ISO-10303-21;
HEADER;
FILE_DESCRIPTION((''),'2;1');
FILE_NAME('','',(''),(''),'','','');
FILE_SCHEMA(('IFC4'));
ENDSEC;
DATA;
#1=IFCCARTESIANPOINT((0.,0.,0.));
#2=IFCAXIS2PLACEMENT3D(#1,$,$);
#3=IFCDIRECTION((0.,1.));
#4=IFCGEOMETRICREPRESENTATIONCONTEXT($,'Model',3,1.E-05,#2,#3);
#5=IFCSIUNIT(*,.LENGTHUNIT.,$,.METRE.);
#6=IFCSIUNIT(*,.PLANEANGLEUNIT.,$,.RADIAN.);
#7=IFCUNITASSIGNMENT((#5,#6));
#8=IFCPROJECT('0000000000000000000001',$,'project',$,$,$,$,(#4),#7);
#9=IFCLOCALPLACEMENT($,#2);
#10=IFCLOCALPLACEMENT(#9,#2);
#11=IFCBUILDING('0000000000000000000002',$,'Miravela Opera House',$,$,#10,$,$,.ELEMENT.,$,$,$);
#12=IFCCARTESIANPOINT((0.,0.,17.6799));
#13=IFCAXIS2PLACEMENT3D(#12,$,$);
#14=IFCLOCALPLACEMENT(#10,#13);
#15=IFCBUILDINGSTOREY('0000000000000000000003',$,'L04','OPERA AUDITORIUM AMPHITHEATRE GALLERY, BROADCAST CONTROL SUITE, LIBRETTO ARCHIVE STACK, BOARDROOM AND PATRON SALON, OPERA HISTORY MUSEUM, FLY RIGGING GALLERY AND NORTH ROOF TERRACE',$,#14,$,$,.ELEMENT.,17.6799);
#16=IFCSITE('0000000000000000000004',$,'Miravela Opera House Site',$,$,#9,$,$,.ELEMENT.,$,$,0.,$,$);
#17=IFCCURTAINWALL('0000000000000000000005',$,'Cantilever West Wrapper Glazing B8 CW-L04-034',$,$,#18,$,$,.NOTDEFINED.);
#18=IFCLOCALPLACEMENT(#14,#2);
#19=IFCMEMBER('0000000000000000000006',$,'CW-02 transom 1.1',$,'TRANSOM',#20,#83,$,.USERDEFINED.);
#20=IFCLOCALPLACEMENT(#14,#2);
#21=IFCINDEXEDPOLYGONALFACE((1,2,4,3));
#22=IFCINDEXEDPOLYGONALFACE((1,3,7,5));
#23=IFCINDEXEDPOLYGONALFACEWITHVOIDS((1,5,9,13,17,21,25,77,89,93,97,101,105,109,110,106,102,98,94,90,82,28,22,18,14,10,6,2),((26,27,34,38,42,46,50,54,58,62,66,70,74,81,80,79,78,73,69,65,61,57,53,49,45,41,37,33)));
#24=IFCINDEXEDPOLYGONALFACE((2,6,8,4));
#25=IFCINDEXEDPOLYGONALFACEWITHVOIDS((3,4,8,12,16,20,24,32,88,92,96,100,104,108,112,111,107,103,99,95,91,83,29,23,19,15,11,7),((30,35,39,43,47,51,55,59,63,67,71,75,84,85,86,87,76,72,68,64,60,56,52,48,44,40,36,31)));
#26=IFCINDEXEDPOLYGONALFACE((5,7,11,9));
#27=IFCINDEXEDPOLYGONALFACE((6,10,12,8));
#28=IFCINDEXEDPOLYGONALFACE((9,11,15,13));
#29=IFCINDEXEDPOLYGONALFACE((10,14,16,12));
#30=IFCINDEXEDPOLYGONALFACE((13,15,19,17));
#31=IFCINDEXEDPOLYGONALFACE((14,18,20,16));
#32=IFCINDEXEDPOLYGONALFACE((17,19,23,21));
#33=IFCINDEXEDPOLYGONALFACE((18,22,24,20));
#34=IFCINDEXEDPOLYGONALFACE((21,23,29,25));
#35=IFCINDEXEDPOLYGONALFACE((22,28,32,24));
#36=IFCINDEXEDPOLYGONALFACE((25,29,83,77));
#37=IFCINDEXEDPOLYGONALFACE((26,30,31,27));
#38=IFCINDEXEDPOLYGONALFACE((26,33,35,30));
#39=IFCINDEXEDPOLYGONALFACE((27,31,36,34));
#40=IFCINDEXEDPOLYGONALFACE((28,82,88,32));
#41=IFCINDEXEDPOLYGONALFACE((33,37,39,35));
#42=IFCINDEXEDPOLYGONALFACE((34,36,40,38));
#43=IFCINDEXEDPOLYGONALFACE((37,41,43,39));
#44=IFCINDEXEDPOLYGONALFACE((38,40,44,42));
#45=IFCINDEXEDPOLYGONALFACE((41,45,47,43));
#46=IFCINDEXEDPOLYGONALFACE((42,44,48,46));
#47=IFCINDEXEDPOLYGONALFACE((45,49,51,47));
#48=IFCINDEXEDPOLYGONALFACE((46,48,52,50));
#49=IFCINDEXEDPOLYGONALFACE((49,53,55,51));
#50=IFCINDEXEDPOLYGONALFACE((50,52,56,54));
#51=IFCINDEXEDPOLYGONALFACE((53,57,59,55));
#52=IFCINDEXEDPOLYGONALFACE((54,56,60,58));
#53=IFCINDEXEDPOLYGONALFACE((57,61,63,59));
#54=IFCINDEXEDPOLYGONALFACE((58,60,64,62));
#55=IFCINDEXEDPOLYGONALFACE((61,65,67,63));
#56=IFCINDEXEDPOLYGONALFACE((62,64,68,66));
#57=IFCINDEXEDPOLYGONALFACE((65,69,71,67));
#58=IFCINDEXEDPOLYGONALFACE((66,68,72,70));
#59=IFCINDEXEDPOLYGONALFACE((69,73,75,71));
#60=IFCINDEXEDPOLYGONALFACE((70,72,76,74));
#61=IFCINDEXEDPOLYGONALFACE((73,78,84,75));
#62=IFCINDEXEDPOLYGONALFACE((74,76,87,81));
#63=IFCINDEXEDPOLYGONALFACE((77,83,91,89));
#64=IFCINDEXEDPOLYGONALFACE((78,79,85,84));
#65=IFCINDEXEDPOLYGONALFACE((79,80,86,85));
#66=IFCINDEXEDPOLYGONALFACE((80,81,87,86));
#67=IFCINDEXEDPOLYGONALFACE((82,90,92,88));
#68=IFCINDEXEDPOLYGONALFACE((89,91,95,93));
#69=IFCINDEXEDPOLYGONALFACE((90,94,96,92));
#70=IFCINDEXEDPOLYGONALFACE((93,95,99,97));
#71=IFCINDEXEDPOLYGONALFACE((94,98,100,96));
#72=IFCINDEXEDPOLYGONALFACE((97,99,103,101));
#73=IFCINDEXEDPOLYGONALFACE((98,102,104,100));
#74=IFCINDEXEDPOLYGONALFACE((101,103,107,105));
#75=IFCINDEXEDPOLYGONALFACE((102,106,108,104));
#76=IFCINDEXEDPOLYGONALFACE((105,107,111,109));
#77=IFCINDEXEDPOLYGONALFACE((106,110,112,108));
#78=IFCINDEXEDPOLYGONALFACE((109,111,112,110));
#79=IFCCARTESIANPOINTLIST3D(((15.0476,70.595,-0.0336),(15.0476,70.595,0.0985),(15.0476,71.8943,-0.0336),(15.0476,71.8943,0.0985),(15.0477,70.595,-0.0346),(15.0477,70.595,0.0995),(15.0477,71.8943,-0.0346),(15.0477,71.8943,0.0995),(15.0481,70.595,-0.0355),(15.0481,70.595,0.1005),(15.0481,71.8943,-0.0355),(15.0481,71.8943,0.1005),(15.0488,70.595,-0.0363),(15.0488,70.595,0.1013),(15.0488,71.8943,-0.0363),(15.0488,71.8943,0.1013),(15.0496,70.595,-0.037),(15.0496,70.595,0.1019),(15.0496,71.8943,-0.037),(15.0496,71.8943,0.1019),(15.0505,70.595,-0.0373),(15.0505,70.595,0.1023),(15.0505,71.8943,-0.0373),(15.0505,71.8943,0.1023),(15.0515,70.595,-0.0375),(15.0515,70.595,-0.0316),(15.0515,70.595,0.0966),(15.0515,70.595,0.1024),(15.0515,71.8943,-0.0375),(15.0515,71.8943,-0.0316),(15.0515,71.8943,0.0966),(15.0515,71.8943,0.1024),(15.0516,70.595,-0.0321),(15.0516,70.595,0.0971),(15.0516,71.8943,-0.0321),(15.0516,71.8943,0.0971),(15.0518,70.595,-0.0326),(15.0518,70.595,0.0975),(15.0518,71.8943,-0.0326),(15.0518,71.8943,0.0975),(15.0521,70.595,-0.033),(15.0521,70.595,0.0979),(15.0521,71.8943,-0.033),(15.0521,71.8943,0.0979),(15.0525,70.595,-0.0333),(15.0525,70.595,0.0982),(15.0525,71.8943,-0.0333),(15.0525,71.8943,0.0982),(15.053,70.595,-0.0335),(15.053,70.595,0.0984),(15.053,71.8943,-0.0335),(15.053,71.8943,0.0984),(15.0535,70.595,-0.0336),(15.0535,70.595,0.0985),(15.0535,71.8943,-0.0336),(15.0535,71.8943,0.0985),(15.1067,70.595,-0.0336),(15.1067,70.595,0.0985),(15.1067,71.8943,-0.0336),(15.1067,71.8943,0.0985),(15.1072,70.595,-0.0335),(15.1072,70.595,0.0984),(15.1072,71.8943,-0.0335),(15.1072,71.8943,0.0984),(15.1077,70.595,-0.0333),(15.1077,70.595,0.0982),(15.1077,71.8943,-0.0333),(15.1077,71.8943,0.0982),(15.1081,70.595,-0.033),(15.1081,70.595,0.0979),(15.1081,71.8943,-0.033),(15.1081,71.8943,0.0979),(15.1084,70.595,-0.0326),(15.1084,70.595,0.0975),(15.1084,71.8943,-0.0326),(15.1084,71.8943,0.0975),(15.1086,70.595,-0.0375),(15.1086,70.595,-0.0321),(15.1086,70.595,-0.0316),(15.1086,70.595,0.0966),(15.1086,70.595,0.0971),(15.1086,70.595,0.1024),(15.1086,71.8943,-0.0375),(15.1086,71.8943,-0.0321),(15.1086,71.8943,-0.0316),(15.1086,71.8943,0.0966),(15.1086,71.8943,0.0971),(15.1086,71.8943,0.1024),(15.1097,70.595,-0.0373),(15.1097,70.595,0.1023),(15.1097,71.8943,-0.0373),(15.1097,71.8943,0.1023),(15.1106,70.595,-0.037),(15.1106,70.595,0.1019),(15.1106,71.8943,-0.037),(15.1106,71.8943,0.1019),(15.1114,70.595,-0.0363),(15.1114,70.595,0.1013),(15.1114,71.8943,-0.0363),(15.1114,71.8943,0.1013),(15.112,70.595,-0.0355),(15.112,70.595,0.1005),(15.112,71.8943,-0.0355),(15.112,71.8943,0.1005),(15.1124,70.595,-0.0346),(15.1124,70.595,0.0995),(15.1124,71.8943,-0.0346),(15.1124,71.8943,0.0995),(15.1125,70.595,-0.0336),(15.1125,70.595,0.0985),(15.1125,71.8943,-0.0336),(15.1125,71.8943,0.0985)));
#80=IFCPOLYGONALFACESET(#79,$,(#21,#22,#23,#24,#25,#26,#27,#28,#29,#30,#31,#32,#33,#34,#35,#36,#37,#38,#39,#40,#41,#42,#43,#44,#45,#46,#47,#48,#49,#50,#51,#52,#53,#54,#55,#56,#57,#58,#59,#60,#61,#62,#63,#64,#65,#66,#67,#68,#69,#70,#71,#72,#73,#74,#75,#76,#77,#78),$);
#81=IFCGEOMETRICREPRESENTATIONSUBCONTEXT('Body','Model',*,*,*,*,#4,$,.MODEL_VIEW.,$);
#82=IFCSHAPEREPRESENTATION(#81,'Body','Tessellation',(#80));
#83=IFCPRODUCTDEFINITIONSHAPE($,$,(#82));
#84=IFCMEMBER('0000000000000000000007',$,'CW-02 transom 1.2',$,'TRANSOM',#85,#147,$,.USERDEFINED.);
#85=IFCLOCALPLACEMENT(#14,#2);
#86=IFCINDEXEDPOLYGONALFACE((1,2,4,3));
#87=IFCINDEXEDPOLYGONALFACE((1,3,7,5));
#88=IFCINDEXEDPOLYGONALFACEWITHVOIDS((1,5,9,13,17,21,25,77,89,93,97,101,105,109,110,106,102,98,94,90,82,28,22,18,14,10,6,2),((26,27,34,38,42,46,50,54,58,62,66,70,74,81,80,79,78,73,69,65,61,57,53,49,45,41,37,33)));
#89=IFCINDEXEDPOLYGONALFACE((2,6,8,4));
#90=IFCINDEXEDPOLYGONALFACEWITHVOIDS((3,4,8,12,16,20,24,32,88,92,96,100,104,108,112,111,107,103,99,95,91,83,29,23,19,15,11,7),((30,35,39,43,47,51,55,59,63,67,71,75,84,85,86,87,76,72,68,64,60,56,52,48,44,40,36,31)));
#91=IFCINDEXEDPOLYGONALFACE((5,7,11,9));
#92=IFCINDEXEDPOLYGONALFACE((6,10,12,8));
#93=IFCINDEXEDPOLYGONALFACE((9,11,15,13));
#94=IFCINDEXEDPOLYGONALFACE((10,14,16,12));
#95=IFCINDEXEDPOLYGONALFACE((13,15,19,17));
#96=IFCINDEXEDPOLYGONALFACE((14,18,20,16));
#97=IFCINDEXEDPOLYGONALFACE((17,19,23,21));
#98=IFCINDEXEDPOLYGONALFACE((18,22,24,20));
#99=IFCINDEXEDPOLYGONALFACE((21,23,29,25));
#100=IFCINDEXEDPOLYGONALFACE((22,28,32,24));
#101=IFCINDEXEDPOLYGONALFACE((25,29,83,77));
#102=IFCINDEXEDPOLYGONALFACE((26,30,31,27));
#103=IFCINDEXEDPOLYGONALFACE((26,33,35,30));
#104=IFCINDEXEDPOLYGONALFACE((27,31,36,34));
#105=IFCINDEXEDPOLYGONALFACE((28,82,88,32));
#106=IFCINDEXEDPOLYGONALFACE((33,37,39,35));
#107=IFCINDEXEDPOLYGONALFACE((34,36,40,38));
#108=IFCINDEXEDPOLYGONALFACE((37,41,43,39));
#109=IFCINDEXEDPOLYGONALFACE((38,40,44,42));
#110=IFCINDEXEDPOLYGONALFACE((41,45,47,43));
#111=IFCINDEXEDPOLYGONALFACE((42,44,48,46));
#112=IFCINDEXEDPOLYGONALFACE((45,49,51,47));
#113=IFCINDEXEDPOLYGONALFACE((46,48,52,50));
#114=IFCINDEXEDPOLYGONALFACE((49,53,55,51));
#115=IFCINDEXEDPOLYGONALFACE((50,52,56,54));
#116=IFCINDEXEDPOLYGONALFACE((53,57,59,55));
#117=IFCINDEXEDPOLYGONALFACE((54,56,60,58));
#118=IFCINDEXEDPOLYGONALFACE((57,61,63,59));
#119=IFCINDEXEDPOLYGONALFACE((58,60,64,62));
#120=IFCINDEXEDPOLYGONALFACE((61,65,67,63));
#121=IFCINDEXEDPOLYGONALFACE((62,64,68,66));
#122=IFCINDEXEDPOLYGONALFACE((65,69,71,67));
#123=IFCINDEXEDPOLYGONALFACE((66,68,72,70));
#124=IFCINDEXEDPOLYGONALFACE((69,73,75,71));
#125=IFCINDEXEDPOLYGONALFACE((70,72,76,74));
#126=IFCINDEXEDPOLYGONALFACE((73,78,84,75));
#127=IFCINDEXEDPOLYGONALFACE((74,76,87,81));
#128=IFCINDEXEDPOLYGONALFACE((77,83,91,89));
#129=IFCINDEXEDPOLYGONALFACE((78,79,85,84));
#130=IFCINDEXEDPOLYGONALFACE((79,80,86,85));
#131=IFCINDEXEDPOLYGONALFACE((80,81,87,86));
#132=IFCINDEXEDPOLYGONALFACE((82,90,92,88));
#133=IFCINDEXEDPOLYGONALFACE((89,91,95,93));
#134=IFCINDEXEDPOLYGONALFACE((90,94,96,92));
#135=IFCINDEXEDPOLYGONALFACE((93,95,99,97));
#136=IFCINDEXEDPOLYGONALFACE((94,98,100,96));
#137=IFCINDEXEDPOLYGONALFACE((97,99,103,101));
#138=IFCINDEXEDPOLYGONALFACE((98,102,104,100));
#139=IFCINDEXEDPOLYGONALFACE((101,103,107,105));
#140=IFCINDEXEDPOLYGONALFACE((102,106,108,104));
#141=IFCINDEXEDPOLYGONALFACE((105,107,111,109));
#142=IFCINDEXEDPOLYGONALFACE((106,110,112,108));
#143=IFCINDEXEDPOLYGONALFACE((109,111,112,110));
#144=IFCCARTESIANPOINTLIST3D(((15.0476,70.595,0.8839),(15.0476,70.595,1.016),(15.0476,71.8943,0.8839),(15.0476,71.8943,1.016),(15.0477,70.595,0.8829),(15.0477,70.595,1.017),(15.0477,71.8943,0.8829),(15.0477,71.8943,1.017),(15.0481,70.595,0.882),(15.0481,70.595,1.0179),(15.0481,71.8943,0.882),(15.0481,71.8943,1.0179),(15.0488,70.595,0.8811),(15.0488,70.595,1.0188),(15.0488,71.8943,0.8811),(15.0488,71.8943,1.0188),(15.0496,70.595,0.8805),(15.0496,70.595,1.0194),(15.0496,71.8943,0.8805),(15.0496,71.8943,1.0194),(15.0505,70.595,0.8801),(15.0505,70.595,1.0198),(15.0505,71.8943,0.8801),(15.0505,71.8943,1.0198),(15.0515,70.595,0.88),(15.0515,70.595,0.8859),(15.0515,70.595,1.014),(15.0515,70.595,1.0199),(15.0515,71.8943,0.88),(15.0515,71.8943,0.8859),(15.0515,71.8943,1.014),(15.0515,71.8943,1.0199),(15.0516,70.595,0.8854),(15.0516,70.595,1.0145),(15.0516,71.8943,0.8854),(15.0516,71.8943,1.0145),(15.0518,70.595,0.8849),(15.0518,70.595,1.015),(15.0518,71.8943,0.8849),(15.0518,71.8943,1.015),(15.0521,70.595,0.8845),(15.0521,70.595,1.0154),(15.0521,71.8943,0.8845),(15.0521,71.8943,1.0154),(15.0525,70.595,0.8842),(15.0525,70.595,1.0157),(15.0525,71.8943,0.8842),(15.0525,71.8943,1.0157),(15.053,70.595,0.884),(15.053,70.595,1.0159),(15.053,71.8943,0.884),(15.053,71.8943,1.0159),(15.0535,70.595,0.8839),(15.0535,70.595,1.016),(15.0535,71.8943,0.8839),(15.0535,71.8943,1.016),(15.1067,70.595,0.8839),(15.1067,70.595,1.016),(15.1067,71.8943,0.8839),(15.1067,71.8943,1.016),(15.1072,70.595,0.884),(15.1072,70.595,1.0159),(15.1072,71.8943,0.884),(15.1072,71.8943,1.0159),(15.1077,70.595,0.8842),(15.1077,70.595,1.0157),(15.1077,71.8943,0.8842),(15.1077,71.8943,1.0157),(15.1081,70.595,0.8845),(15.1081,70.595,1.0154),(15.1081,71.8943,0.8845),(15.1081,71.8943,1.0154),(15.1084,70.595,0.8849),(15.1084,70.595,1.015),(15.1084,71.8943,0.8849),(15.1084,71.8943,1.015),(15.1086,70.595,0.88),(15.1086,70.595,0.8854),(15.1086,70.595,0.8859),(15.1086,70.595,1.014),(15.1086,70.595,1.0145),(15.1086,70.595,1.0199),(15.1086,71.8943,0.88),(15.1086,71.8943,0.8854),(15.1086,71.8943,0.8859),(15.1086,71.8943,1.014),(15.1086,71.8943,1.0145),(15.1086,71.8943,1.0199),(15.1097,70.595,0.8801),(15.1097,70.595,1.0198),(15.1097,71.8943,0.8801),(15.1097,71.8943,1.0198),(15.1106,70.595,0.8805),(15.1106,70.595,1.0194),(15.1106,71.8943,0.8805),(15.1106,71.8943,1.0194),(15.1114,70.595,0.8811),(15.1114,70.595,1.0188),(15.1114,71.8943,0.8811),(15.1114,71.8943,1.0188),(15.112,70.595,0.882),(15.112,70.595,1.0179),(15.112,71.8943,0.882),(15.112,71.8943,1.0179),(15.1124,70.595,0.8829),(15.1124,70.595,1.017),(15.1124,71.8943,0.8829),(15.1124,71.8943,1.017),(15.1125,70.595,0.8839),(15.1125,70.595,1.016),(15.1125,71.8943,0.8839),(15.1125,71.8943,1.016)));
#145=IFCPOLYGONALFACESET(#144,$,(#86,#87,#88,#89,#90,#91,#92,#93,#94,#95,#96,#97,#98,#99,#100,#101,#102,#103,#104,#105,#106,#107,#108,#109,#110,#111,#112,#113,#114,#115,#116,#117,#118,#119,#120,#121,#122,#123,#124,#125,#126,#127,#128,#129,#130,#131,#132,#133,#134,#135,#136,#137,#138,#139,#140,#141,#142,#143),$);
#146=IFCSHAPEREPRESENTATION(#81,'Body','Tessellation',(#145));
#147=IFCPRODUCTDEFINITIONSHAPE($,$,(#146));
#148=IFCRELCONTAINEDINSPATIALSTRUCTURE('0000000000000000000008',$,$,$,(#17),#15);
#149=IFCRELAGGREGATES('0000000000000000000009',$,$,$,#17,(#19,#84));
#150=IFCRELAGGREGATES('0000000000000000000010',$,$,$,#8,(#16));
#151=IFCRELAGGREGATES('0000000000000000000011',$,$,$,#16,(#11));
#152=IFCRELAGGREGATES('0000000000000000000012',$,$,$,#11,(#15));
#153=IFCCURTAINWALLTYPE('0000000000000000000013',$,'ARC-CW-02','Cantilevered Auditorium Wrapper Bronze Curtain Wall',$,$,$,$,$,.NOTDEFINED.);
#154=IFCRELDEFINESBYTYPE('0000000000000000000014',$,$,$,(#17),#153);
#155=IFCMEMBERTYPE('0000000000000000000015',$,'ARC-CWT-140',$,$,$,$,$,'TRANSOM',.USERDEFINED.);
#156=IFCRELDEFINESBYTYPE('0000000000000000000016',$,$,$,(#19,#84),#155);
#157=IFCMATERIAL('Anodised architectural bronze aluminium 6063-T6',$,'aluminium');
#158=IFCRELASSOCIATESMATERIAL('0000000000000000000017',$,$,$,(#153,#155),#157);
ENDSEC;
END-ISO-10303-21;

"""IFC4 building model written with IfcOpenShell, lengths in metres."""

from ifc_helpers import new_model, si_unit, direction, frame, origin, origin_2d, place, context, subcontext, project, spatial, hollow_rectangle, extrude, material, material_profile, profile_set, type_object, element, aggregate, save


model = new_model("IFC4")

# Units and contexts
model_context = context("Model", 3, precision=1e-05, world=origin(), true_north=direction((0.0, 1.0)))
body_context = subcontext(model_context, "Body", "Model", "MODEL_VIEW")
ifc_project = project(units=[si_unit("LENGTHUNIT", "METRE"), si_unit("PLANEANGLEUNIT", "RADIAN")], contexts=[model_context])

# Site, building, storey
site_placement = place(None, origin())
site = spatial("IfcSite", under=ifc_project, at=site_placement, Name="Miravela Opera House Site", CompositionType="ELEMENT", RefElevation=0.0)
building_placement = place(site_placement, origin())
building = spatial("IfcBuilding", under=site, at=building_placement, Name="Miravela Opera House", CompositionType="ELEMENT")
storey_placement = place(building_placement, frame((0.0, 0.0, 17.6799)))
storey = spatial("IfcBuildingStorey", under=building, at=storey_placement, Name="L04", Description="OPERA AUDITORIUM AMPHITHEATRE GALLERY, BROADCAST CONTROL SUITE, LIBRETTO ARCHIVE STACK, BOARDROOM AND PATRON SALON, OPERA HISTORY MUSEUM, FLY RIGGING GALLERY AND NORTH ROOF TERRACE", CompositionType="ELEMENT", Elevation=17.6799)

# Shared definitions
ifc_material_1 = material(Name="Anodised architectural bronze aluminium 6063-T6", Category="aluminium")
curtain_wall_type = type_object("IfcCurtainWallType", Name="ARC-CW-02", Description="Cantilevered Auditorium Wrapper Bronze Curtain Wall", PredefinedType="NOTDEFINED", material=ifc_material_1)

# Curtain wall
curtain_wall_1_placement = place(storey_placement, origin())
curtain_wall_1 = element("IfcCurtainWall", 1, at=curtain_wall_1_placement, inside=storey, type_object=curtain_wall_type, Name="Cantilever West Wrapper Glazing B8 CW-L04-034", PredefinedType="NOTDEFINED")

# Members
ifc_material_profile_1 = material_profile(ifc_material_1, hollow_rectangle(XDim=0.0649, YDim=0.1399, WallThickness=0.0039, InnerFilletRadius=0.002, OuterFilletRadius=0.0039, at=origin_2d()), Name="CWT-65X140")
ifc_profile_set_1 = profile_set([ifc_material_profile_1])
member_type_1 = type_object("IfcMemberType", Name="ARC-CWT-140", ElementType="TRANSOM", PredefinedType="USERDEFINED", material=ifc_profile_set_1)
member_1_placement = place(storey_placement, frame((15.0801, 70.595, 0.0325), z_axis=(0.0, 1.0, 0.0), x_axis=(-1.0, 0.0, 0.0)))
member_1 = element("IfcMember", 2, at=member_1_placement, type_object=member_type_1, Name="CW-02 transom 1.1", ObjectType="TRANSOM", PredefinedType="USERDEFINED", context=body_context, shape_type="SweptSolid", body=[
    extrude(hollow_rectangle(XDim=0.0649, YDim=0.1399, WallThickness=0.0039, InnerFilletRadius=0.002, OuterFilletRadius=0.0039, at=origin_2d()), origin(), (0.0, 0.0, 1.0), 1.2993),
])
member_2_placement = place(storey_placement, frame((15.0801, 70.595, 0.95), z_axis=(0.0, 1.0, 0.0), x_axis=(-1.0, 0.0, 0.0)))
member_2 = element("IfcMember", 3, at=member_2_placement, type_object=member_type_1, Name="CW-02 transom 1.2", ObjectType="TRANSOM", PredefinedType="USERDEFINED", context=body_context, shape_type="SweptSolid", body=[
    extrude(hollow_rectangle(XDim=0.0649, YDim=0.1399, WallThickness=0.0039, InnerFilletRadius=0.002, OuterFilletRadius=0.0039, at=origin_2d()), origin(), (0.0, 0.0, 1.0), 1.2993),
])

aggregate(curtain_wall_1, [member_1, member_2])

save(model, "model.ifc")
